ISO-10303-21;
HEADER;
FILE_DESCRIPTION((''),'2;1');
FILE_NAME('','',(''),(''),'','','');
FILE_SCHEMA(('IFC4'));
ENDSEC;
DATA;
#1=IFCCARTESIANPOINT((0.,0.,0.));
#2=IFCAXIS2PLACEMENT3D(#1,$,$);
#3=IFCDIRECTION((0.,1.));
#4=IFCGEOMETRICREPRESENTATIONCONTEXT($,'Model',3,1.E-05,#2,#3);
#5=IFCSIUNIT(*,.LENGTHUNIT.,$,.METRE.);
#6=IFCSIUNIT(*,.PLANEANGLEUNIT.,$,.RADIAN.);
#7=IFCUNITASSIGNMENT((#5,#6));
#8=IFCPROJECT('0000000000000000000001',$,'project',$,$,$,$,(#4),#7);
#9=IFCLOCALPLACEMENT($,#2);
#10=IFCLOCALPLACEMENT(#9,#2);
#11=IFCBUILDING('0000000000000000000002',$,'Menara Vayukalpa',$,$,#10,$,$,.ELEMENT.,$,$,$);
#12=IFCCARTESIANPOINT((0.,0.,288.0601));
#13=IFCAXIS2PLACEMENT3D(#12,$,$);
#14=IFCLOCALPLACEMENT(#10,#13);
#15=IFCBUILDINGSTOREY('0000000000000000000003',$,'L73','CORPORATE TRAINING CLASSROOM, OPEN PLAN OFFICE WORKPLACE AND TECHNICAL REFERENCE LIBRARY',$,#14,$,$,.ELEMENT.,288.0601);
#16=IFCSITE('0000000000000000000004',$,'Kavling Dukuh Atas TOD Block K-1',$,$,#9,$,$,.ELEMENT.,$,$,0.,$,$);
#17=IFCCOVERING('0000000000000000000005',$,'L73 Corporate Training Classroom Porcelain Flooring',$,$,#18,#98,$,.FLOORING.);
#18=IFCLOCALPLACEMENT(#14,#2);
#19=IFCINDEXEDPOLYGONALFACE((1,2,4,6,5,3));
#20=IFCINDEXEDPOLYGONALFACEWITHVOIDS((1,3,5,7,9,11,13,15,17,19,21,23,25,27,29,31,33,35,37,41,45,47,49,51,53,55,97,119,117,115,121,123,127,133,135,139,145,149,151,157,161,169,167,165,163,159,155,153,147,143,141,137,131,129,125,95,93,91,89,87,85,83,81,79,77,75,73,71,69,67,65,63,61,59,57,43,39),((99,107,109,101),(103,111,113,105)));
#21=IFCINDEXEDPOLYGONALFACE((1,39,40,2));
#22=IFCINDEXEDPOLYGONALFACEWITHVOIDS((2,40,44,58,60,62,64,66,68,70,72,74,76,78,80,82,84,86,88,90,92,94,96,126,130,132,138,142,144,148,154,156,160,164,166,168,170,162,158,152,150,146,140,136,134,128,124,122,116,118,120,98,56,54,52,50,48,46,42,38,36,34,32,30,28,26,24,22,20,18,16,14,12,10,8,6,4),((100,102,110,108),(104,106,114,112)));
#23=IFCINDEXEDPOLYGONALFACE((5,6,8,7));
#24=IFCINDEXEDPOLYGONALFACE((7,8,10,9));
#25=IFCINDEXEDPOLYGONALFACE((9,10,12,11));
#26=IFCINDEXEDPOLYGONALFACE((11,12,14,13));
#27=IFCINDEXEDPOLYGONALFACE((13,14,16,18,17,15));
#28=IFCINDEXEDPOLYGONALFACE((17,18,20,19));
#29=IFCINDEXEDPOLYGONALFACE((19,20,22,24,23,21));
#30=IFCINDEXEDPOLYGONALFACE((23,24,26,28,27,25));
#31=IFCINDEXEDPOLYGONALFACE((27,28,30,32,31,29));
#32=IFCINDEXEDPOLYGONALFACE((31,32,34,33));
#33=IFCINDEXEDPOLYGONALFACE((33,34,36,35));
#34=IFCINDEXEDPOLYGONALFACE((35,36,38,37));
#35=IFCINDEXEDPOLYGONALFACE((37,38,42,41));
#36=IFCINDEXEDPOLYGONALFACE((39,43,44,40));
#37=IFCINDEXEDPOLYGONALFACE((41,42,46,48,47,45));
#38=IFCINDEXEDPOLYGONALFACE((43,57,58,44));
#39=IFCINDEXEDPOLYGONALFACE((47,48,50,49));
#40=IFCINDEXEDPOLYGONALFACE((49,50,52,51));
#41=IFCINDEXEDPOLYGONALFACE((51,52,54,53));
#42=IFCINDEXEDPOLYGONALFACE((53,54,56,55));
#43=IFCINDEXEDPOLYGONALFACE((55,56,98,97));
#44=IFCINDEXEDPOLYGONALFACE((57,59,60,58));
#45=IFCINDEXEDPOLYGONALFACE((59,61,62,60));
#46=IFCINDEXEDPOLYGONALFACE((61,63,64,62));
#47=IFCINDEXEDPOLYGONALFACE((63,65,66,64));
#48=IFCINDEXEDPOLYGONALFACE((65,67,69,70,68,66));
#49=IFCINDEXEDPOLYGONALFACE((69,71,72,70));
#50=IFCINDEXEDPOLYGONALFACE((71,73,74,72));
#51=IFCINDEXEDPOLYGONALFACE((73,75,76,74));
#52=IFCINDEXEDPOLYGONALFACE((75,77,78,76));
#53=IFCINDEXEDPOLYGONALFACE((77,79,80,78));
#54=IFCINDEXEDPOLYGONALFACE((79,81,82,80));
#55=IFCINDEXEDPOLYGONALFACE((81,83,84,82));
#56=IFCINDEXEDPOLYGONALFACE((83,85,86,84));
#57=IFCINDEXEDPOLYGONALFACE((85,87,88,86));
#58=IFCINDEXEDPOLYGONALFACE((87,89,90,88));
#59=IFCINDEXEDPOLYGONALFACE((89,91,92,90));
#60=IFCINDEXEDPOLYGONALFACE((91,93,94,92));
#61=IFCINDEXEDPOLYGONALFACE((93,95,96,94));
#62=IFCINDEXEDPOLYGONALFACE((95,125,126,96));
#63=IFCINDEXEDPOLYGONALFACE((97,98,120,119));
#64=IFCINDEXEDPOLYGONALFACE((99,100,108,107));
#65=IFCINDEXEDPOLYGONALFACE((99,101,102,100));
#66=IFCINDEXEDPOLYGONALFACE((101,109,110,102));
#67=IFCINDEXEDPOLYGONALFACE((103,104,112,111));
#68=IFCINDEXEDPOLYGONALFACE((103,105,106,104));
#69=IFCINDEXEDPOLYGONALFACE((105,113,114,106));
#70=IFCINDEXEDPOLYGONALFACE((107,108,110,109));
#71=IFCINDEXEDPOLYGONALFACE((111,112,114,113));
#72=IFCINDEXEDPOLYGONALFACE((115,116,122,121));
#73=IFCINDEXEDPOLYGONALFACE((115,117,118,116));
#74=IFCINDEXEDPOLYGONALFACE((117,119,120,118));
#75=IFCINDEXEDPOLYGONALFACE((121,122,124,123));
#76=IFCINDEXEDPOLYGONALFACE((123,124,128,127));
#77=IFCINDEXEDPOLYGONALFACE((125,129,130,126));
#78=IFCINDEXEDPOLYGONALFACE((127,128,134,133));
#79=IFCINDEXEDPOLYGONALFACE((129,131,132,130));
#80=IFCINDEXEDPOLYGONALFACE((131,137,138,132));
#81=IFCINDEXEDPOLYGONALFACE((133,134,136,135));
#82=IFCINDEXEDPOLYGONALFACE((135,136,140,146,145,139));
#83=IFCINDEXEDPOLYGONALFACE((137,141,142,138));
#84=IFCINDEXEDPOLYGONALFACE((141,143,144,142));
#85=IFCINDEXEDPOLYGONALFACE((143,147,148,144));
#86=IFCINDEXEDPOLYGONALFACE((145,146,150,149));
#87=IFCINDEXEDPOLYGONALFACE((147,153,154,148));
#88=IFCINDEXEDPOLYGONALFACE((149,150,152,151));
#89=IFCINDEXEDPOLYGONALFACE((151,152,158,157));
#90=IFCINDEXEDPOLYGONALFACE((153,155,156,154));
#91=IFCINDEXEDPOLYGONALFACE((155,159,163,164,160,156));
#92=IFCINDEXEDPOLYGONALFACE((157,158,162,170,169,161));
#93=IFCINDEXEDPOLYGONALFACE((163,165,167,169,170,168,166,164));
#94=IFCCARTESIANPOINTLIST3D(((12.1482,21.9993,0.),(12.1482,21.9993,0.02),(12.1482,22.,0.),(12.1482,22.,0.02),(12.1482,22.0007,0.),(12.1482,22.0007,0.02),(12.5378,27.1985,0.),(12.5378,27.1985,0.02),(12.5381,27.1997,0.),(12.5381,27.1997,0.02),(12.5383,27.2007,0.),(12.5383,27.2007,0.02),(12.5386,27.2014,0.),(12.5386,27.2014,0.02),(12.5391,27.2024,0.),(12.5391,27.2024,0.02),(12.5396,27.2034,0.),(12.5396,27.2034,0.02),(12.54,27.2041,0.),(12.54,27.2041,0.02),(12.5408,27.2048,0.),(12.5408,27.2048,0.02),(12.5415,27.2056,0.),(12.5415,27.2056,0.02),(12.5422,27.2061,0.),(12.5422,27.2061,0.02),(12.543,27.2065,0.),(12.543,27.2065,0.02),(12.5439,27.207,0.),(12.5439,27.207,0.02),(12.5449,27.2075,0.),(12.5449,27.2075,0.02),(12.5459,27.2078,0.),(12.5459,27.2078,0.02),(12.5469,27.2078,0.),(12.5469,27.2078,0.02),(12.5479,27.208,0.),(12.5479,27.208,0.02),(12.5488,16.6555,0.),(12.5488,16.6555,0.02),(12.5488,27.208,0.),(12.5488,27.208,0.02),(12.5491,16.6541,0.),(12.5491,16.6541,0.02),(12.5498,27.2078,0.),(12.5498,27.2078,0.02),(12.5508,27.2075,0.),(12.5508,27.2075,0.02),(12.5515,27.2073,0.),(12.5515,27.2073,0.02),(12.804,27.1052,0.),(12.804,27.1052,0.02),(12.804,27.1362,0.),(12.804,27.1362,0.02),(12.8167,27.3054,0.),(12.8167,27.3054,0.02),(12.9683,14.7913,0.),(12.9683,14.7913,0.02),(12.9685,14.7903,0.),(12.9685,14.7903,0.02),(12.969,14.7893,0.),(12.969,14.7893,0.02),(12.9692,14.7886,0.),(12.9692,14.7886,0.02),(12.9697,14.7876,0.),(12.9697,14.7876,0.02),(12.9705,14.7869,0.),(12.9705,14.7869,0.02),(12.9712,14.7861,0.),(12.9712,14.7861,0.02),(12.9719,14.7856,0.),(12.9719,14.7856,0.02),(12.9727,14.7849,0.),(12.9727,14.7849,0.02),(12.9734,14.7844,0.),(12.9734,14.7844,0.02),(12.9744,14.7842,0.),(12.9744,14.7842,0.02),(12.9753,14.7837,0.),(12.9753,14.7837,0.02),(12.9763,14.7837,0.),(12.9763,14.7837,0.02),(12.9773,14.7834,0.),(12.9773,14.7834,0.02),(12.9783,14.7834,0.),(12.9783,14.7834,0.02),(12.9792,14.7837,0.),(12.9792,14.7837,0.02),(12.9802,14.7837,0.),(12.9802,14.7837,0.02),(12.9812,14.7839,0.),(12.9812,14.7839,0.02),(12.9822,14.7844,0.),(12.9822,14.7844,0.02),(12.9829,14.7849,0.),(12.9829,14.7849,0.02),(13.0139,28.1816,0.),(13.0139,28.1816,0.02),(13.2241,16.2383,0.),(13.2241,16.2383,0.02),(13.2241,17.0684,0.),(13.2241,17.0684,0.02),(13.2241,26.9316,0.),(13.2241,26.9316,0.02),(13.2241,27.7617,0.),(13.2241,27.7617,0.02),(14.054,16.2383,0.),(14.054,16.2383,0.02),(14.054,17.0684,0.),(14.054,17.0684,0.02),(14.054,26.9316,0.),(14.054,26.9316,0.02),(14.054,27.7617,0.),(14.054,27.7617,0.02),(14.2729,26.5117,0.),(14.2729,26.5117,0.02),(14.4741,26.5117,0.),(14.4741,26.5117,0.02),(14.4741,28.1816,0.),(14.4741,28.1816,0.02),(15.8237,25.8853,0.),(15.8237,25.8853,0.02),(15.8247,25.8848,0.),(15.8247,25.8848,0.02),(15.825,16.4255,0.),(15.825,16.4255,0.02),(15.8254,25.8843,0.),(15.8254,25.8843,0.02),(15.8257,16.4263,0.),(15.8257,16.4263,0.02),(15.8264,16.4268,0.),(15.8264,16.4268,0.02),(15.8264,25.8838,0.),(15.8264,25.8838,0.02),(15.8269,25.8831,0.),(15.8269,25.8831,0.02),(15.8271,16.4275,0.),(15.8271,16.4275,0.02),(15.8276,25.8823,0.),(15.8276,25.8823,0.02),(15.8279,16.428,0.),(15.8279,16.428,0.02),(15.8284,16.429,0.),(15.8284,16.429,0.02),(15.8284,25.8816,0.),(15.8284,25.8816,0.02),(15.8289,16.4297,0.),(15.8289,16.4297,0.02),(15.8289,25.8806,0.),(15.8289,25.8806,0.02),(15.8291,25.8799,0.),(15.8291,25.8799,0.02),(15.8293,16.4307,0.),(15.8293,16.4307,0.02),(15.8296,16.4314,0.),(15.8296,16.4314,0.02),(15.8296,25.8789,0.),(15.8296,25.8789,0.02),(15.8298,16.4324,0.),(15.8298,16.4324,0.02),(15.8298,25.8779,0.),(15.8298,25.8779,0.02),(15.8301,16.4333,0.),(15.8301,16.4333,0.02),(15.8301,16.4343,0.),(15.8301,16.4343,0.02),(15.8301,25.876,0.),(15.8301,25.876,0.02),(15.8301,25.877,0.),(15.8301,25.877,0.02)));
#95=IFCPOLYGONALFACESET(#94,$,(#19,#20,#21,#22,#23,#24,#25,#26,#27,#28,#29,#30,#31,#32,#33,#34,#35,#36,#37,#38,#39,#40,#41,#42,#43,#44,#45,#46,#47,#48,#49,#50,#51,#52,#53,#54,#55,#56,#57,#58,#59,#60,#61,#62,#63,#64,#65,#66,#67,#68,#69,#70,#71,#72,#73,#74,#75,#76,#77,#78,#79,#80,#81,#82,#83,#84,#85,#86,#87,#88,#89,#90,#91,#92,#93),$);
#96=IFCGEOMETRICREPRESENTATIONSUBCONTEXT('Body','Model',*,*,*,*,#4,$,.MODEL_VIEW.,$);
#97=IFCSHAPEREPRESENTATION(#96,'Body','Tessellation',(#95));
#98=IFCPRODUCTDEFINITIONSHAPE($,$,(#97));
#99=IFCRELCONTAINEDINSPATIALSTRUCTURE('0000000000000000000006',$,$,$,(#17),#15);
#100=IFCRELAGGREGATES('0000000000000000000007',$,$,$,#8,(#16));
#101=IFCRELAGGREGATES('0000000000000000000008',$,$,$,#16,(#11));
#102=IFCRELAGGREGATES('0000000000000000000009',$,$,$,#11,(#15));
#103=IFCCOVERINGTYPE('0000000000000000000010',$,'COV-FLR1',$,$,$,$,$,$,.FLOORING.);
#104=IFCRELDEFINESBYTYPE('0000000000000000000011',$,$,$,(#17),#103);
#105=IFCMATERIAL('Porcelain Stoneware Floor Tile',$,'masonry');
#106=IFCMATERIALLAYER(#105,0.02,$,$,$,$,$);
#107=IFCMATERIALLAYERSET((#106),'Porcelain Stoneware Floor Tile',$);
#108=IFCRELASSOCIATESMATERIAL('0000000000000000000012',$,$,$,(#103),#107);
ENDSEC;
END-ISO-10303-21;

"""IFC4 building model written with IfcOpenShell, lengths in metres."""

from ifc_helpers import new_model, si_unit, direction, frame, origin, place, context, subcontext, project, spatial, polyline, outline, extrude, material, layer, layer_set, type_object, element, save


model = new_model("IFC4")

# Units and contexts
model_context = context("Model", 3, precision=1e-05, world=origin(), true_north=direction((0.0, 1.0)))
body_context = subcontext(model_context, "Body", "Model", "MODEL_VIEW")
ifc_project = project(units=[si_unit("LENGTHUNIT", "METRE"), si_unit("PLANEANGLEUNIT", "RADIAN")], contexts=[model_context])

# Site, building, storey
site_placement = place(None, origin())
site = spatial("IfcSite", under=ifc_project, at=site_placement, Name="Kavling Dukuh Atas TOD Block K-1", CompositionType="ELEMENT", RefElevation=0.0)
building_placement = place(site_placement, origin())
building = spatial("IfcBuilding", under=site, at=building_placement, Name="Menara Vayukalpa", CompositionType="ELEMENT")
storey_placement = place(building_placement, frame((0.0, 0.0, 288.0601)))
storey = spatial("IfcBuildingStorey", under=building, at=storey_placement, Name="L73", Description="CORPORATE TRAINING CLASSROOM, OPEN PLAN OFFICE WORKPLACE AND TECHNICAL REFERENCE LIBRARY", CompositionType="ELEMENT", Elevation=288.0601)

# Covering
ifc_material_1 = material(Name="Porcelain Stoneware Floor Tile", Category="masonry")
ifc_layer_1 = layer(ifc_material_1, 0.02)
ifc_layer_set_1 = layer_set([ifc_layer_1], Name="Porcelain Stoneware Floor Tile")
covering_type_1 = type_object("IfcCoveringType", Name="COV-FLR1", PredefinedType="FLOORING", material=ifc_layer_set_1)
covering_1_placement = place(storey_placement, origin())
element("IfcCovering", 1, at=covering_1_placement, inside=storey, type_object=covering_type_1, Name="L73 Corporate Training Classroom Porcelain Flooring", PredefinedType="FLOORING", context=body_context, shape_type="SweptSolid", body=[
    extrude(outline(polyline([(12.1482, 22.0), (12.1482, 22.0007), (12.5378, 27.1985), (12.5381, 27.1997), (12.5383, 27.2007), (12.5386, 27.2014), (12.5391, 27.2024), (12.5396, 27.2034), (12.54, 27.2041), (12.5408, 27.2048), (12.5415, 27.2056), (12.5422, 27.2061), (12.543, 27.2065), (12.5439, 27.207), (12.5449, 27.2075), (12.5459, 27.2078), (12.5469, 27.2078), (12.5479, 27.208), (12.5488, 27.208), (12.5498, 27.2078), (12.5508, 27.2075), (12.5515, 27.2073), (12.804, 27.1052), (12.804, 27.1362), (12.8167, 27.3054), (13.0139, 28.1816), (14.4741, 28.1816), (14.4741, 26.5117), (14.2729, 26.5117), (15.8237, 25.8853), (15.8247, 25.8848), (15.8254, 25.8843), (15.8264, 25.8838), (15.8269, 25.8831), (15.8276, 25.8823), (15.8284, 25.8816), (15.8289, 25.8806), (15.8291, 25.8799), (15.8296, 25.8789), (15.8298, 25.8779), (15.8301, 25.877), (15.8301, 25.876), (15.8301, 16.4343), (15.8301, 16.4333), (15.8298, 16.4324), (15.8296, 16.4314), (15.8293, 16.4307), (15.8289, 16.4297), (15.8284, 16.429), (15.8279, 16.428), (15.8271, 16.4275), (15.8264, 16.4268), (15.8257, 16.4263), (15.825, 16.4255), (12.9829, 14.7849), (12.9822, 14.7844), (12.9812, 14.7839), (12.9802, 14.7837), (12.9792, 14.7837), (12.9783, 14.7834), (12.9773, 14.7834), (12.9763, 14.7837), (12.9753, 14.7837), (12.9744, 14.7842), (12.9734, 14.7844), (12.9727, 14.7849), (12.9719, 14.7856), (12.9712, 14.7861), (12.9705, 14.7869), (12.9697, 14.7876), (12.9692, 14.7886), (12.969, 14.7893), (12.9685, 14.7903), (12.9683, 14.7913), (12.5491, 16.6541), (12.5488, 16.6555), (12.1482, 21.9993), (12.1482, 22.0)]), holes=[polyline([(14.054, 17.0684), (13.2241, 17.0684), (13.2241, 16.2383), (14.054, 16.2383), (14.054, 17.0684)]), polyline([(14.054, 27.7617), (13.2241, 27.7617), (13.2241, 26.9316), (14.054, 26.9316), (14.054, 27.7617)])]), origin(), (0.0, 0.0, 1.0), 0.02),
])

save(model, "model.ifc")
